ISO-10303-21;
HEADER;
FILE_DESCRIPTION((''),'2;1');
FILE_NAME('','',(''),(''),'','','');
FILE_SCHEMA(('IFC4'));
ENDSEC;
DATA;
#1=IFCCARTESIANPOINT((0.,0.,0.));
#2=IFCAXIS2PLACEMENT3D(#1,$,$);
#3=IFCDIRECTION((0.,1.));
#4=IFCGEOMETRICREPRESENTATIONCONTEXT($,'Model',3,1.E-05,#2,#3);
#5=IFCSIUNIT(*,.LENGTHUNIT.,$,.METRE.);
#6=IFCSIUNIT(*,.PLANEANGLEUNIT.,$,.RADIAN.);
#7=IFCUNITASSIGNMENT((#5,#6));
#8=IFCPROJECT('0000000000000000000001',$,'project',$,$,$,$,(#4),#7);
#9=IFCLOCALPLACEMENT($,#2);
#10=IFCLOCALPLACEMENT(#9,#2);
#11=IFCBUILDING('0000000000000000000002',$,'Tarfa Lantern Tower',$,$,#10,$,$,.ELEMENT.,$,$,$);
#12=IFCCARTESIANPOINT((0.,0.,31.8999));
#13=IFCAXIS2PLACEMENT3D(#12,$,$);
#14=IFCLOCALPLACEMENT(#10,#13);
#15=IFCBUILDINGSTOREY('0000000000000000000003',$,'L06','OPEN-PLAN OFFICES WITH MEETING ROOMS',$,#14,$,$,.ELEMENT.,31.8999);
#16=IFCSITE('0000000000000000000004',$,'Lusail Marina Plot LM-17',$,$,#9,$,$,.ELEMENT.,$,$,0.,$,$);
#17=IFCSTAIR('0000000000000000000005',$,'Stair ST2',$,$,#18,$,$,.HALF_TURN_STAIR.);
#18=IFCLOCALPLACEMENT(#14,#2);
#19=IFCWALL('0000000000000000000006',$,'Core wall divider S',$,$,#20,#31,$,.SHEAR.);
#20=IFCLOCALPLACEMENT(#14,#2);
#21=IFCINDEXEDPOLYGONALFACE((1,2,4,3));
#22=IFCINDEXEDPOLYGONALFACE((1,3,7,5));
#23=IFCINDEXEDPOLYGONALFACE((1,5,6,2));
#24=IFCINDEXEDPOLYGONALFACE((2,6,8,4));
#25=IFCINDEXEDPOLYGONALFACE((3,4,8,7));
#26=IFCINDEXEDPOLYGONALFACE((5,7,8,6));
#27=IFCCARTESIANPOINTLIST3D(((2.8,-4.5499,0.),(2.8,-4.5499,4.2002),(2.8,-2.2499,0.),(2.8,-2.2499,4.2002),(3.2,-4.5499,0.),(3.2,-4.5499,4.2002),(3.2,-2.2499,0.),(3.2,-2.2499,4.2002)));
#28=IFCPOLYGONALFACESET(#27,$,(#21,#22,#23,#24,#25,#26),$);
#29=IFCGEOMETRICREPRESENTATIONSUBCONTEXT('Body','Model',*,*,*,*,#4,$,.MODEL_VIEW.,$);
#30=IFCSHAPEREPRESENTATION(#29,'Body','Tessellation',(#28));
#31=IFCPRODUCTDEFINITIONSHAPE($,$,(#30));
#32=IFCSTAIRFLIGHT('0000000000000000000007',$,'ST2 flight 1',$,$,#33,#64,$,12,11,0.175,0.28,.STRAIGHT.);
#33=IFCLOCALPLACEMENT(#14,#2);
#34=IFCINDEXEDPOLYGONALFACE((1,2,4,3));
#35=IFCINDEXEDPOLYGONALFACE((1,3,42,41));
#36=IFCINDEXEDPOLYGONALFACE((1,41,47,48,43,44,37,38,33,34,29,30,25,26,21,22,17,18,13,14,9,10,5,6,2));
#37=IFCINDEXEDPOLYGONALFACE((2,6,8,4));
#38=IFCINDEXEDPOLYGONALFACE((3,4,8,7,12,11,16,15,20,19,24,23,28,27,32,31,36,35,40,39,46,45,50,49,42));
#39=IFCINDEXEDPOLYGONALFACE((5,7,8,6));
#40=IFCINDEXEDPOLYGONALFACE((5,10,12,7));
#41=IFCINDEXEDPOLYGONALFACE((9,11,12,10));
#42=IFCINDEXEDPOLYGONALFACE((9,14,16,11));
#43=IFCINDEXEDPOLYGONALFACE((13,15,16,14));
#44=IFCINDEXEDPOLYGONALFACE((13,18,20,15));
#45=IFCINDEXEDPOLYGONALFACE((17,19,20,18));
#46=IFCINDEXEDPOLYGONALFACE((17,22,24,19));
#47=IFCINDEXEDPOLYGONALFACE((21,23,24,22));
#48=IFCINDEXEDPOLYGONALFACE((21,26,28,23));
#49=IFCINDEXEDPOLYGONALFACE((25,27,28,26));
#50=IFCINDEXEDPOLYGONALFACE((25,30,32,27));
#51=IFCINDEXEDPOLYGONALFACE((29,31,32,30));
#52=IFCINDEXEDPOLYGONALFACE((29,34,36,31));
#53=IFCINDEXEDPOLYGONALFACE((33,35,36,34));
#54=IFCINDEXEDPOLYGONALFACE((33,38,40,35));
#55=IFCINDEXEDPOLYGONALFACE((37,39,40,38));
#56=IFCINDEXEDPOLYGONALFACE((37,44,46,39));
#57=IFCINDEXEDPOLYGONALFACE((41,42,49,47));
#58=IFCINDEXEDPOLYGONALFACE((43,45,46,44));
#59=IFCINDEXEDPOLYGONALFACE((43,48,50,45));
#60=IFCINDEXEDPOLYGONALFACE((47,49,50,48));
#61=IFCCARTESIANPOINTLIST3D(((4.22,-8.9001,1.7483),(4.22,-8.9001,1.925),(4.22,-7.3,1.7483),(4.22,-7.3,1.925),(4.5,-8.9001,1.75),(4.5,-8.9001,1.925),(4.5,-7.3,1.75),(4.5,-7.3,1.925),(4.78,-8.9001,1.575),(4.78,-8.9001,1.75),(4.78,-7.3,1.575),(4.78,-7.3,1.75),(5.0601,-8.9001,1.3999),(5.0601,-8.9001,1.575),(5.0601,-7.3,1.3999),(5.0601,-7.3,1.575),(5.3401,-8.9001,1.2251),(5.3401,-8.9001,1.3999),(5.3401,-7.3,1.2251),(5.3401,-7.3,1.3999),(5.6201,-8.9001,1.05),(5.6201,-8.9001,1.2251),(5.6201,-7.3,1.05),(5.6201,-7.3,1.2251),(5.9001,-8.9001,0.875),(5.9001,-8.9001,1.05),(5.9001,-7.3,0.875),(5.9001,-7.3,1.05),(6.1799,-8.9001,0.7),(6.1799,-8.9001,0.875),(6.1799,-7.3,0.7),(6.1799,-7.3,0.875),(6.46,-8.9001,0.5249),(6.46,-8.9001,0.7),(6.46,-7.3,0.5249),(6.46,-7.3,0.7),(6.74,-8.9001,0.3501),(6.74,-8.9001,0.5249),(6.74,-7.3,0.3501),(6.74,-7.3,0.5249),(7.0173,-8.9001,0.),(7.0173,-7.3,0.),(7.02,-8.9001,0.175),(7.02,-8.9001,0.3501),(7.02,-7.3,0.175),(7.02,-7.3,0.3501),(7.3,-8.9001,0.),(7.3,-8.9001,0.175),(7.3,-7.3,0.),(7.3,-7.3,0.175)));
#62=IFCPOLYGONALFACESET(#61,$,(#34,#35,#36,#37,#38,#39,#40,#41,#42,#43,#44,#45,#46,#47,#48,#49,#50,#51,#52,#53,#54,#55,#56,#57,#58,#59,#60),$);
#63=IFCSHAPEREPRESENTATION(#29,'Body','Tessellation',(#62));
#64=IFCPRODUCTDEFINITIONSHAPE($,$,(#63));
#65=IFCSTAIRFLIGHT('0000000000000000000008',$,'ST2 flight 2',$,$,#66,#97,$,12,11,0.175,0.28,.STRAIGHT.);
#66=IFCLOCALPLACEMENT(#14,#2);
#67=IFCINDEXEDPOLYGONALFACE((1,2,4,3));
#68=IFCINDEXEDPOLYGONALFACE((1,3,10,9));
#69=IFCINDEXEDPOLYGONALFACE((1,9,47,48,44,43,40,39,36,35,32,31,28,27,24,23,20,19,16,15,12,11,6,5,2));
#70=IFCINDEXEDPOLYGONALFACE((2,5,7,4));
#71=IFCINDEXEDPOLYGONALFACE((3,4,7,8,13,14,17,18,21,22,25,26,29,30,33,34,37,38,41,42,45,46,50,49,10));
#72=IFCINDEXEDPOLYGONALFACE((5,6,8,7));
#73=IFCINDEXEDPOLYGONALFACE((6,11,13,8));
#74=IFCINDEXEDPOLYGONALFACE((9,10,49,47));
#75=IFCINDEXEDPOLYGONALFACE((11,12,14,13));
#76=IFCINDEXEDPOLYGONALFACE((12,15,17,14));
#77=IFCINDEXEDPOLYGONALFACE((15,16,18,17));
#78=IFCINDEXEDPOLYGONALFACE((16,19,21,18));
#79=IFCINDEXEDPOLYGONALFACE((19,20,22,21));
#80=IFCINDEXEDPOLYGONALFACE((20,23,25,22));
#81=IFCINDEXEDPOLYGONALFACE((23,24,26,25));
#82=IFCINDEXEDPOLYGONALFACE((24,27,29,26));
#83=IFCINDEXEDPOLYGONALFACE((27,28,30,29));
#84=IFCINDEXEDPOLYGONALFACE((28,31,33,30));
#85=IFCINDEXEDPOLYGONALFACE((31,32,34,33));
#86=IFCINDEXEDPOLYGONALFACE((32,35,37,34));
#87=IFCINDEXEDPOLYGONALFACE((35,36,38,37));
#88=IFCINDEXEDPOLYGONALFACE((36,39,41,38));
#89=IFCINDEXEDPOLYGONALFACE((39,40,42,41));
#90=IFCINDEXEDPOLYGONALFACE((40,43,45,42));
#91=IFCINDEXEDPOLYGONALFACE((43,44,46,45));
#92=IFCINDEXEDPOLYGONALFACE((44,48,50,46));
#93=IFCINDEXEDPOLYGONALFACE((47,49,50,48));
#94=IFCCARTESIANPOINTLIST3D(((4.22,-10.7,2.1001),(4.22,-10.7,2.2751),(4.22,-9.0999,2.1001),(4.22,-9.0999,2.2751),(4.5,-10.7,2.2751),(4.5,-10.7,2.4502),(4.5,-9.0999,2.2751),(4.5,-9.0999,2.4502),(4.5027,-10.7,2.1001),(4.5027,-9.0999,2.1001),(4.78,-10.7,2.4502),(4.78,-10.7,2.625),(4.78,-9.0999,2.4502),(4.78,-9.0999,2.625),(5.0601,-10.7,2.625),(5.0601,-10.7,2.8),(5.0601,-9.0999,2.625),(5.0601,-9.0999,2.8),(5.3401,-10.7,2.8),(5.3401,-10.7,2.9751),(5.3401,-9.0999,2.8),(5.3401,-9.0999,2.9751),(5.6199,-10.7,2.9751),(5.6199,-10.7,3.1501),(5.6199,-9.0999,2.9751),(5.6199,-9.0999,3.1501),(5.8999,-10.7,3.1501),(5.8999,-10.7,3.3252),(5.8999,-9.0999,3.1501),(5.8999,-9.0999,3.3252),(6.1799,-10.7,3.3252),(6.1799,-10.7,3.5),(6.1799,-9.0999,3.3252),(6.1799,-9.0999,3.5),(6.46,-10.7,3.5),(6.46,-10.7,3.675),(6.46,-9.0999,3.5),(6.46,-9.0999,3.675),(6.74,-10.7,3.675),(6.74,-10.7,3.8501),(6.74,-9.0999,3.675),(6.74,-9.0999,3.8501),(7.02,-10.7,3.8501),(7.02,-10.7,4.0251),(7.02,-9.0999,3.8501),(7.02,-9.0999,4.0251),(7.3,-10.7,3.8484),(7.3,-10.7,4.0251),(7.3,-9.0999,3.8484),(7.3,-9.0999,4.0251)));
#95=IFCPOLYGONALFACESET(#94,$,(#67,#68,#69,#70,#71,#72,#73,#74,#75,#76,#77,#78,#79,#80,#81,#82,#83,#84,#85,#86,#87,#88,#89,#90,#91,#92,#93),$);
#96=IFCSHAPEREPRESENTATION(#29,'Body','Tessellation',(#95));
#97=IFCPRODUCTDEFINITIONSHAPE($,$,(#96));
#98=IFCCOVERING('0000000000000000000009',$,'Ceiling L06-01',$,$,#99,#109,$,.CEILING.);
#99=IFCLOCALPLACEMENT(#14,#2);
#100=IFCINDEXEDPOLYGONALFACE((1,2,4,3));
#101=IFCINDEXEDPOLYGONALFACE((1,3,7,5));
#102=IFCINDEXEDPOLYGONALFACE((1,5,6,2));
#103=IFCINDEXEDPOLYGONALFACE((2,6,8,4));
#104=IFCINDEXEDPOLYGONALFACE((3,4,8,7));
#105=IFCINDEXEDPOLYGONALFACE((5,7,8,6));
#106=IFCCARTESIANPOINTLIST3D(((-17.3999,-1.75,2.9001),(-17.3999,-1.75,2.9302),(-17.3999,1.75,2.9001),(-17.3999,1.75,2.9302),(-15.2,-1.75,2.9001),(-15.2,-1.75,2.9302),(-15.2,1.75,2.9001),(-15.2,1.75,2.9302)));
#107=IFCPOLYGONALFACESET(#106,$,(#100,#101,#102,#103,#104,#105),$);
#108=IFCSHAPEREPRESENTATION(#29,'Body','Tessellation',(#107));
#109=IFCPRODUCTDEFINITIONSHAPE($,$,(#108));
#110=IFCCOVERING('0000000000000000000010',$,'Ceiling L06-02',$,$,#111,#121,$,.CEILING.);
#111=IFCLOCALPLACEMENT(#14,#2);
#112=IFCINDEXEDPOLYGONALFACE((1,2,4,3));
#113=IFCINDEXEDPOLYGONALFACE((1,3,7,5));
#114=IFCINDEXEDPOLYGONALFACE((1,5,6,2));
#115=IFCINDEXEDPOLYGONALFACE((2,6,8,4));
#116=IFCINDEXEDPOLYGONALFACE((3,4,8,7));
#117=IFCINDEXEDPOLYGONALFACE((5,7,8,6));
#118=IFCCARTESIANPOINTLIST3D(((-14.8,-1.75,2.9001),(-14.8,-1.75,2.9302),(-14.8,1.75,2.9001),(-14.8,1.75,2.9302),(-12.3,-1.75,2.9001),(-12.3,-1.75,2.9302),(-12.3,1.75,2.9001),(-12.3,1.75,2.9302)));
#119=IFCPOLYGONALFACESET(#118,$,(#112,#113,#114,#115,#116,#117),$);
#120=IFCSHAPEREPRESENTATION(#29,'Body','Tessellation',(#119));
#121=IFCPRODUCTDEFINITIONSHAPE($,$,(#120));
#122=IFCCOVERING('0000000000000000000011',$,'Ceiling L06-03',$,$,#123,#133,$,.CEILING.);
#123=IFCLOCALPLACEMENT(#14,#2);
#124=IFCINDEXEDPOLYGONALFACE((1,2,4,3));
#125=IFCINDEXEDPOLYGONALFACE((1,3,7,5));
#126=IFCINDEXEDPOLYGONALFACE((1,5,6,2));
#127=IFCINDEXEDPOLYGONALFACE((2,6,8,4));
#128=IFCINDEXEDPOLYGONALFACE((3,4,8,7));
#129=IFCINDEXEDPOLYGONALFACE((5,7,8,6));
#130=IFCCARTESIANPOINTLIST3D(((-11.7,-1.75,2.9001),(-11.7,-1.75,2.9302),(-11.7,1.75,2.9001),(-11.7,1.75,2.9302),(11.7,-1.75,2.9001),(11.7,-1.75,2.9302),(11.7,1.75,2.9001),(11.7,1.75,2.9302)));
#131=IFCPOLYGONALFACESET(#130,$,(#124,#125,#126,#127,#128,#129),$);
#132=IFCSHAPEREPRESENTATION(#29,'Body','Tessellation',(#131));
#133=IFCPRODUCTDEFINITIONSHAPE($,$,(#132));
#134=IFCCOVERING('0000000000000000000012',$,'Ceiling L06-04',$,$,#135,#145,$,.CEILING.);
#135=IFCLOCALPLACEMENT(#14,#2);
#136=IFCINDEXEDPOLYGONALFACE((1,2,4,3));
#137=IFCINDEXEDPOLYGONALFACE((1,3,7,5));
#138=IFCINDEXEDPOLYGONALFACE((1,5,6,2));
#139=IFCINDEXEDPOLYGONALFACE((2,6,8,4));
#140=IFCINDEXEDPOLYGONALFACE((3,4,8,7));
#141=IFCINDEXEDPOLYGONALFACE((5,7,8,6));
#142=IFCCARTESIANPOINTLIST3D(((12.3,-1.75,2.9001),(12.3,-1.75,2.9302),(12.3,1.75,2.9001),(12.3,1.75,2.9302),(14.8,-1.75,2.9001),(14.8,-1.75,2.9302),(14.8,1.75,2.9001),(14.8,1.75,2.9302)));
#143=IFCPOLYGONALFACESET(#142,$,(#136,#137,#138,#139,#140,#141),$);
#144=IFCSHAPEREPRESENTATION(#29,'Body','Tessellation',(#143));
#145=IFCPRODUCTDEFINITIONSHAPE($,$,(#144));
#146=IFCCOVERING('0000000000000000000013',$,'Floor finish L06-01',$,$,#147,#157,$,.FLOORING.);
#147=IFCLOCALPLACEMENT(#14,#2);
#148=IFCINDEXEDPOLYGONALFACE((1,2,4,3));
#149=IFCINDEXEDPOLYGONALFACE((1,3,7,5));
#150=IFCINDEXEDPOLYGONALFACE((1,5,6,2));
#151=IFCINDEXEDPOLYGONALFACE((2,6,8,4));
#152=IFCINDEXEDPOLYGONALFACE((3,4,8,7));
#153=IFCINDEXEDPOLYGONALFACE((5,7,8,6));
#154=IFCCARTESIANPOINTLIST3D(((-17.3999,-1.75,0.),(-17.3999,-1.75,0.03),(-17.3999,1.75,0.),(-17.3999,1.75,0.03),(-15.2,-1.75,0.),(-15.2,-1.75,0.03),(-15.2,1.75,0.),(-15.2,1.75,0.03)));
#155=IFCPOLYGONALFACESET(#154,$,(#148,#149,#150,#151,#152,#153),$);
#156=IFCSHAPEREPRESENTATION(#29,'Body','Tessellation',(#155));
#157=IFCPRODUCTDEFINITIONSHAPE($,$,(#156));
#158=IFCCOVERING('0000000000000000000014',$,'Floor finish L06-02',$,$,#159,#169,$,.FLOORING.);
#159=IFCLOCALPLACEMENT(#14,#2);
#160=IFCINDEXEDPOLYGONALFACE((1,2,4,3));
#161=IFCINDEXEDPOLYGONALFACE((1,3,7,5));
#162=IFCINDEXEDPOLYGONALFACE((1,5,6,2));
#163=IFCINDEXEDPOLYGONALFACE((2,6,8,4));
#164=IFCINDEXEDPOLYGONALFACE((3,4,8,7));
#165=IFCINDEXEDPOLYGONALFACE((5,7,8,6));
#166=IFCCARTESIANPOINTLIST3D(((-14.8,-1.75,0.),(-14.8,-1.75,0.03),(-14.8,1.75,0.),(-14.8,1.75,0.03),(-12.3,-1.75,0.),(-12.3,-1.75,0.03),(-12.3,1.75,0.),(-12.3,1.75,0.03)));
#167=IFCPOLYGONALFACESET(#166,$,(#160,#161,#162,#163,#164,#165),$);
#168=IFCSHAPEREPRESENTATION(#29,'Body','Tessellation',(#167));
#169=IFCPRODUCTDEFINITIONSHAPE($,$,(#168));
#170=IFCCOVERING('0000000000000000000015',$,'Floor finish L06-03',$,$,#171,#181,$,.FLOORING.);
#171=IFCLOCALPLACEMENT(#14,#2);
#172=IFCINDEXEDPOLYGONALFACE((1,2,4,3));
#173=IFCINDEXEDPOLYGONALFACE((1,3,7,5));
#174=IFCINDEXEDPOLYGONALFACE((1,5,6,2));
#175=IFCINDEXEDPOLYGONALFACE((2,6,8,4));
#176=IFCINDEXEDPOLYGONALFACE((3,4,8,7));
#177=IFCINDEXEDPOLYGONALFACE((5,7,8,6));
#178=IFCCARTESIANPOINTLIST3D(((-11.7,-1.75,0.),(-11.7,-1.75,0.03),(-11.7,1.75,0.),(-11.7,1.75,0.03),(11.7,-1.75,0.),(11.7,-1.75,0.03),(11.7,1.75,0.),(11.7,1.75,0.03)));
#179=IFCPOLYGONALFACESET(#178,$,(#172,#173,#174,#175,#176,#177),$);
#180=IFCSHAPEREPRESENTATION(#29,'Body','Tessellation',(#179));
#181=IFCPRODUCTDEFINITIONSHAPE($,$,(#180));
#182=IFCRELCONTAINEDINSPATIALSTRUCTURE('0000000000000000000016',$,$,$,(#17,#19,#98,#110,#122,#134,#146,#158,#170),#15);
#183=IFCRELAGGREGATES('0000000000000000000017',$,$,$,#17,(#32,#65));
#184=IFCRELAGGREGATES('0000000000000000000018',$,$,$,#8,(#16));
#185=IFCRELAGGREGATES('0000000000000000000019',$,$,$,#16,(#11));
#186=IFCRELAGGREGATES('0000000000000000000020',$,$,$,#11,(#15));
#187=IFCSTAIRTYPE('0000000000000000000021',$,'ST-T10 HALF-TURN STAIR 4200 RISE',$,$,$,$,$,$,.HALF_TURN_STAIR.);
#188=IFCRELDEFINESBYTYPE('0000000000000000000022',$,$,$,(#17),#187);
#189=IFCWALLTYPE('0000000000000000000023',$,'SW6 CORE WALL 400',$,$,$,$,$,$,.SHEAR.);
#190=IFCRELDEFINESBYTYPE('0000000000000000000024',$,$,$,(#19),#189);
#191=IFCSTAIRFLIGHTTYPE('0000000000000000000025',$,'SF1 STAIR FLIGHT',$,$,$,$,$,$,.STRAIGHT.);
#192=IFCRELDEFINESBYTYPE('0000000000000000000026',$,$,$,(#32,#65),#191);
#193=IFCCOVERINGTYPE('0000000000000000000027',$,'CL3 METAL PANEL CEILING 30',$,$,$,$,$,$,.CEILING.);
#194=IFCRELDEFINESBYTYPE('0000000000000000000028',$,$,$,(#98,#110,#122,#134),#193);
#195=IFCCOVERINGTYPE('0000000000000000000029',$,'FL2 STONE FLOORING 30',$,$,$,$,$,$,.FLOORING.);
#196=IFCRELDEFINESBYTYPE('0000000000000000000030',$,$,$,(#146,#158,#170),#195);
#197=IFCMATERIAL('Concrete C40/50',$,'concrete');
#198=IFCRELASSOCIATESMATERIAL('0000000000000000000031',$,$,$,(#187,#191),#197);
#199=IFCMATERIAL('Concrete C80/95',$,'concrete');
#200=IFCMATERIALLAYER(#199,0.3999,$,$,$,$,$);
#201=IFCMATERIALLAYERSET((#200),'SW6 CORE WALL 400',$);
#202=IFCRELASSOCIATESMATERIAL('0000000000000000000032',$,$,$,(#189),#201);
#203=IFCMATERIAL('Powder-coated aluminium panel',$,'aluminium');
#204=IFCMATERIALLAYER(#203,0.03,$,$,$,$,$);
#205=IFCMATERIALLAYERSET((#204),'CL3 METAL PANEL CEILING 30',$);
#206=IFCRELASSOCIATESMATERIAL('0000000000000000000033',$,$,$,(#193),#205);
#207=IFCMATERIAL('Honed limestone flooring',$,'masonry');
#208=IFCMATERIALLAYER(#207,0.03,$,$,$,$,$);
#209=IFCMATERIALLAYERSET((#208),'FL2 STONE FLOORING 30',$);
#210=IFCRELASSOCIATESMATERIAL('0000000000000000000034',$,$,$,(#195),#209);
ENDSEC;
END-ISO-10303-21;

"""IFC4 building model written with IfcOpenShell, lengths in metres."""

from ifc_helpers import new_model, si_unit, direction, frame, frame_2d, origin, place, context, subcontext, project, spatial, polyline, rectangle, outline, extrude, material, layer, layer_set, type_object, element, aggregate, save


model = new_model("IFC4")

# Units and contexts
model_context = context("Model", 3, precision=1e-05, world=origin(), true_north=direction((0.0, 1.0)))
body_context = subcontext(model_context, "Body", "Model", "MODEL_VIEW")
ifc_project = project(units=[si_unit("LENGTHUNIT", "METRE"), si_unit("PLANEANGLEUNIT", "RADIAN")], contexts=[model_context])

# Site, building, storey
site_placement = place(None, origin())
site = spatial("IfcSite", under=ifc_project, at=site_placement, Name="Lusail Marina Plot LM-17", CompositionType="ELEMENT", RefElevation=0.0)
building_placement = place(site_placement, origin())
building = spatial("IfcBuilding", under=site, at=building_placement, Name="Tarfa Lantern Tower", CompositionType="ELEMENT")
storey_placement = place(building_placement, frame((0.0, 0.0, 31.8999)))
storey = spatial("IfcBuildingStorey", under=building, at=storey_placement, Name="L06", Description="OPEN-PLAN OFFICES WITH MEETING ROOMS", CompositionType="ELEMENT", Elevation=31.8999)

# Stair
ifc_material_1 = material(Name="Concrete C40/50", Category="concrete")
stair_type = type_object("IfcStairType", Name="ST-T10 HALF-TURN STAIR 4200 RISE", PredefinedType="HALF_TURN_STAIR", material=ifc_material_1)
stair_1_placement = place(storey_placement, origin())
stair_1 = element("IfcStair", 1, at=stair_1_placement, inside=storey, type_object=stair_type, Name="Stair ST2", PredefinedType="HALF_TURN_STAIR")

# Shared definitions
ifc_material_2 = material(Name="Concrete C80/95", Category="concrete")

# Wall
ifc_layer_1 = layer(ifc_material_2, 0.3999)
ifc_layer_set_1 = layer_set([ifc_layer_1], Name="SW6 CORE WALL 400")
wall_type_1 = type_object("IfcWallType", Name="SW6 CORE WALL 400", PredefinedType="SHEAR", material=ifc_layer_set_1)
for number, where, z_axis, x_axis, name in (
    (2, (3.0, -2.25, 0.0), (0.0, 0.0, 1.0), (0.0, -1.0, 0.0), "Core wall divider S"),
):
    element("IfcWall", number, at=place(storey_placement, frame(where, z_axis=z_axis, x_axis=x_axis)), inside=storey, type_object=wall_type_1, Name=name, PredefinedType="SHEAR", context=body_context, shape_type="SweptSolid", body=[
        extrude(rectangle(XDim=2.3, YDim=0.3999, at=frame_2d((1.1499, 0.0))), origin(), (0.0, 0.0, 1.0), 4.2002),
    ])

# Stair flights
stair_flight_type = type_object("IfcStairFlightType", Name="SF1 STAIR FLIGHT", PredefinedType="STRAIGHT", material=ifc_material_1)
stair_flight_1_placement = place(storey_placement, frame((7.3, -8.1001, 0.0), z_axis=(0.0, 0.0, 1.0), x_axis=(-1.0, 0.0, 0.0)))
stair_flight_1 = element("IfcStairFlight", 3, at=stair_flight_1_placement, type_object=stair_flight_type, Name="ST2 flight 1", NumberOfRisers=12, NumberOfTreads=11, PredefinedType="STRAIGHT", RiserHeight=0.175, TreadLength=0.28, context=body_context, shape_type="SweptSolid", body=[
    extrude(outline(polyline([(0.0, 0.0), (0.0, 0.175), (0.28, 0.175), (0.28, 0.3501), (0.5601, 0.3501), (0.5601, 0.5249), (0.8401, 0.5249), (0.8401, 0.7), (1.1201, 0.7), (1.1201, 0.875), (1.3999, 0.875), (1.3999, 1.05), (1.6799, 1.05), (1.6799, 1.2251), (1.96, 1.2251), (1.96, 1.3999), (2.24, 1.3999), (2.24, 1.575), (2.52, 1.575), (2.52, 1.75), (2.8, 1.75), (2.8, 1.925), (3.0801, 1.925), (3.0801, 2.1001), (3.0801, 1.7483), (0.2827, 0.0), (0.0, 0.0)])), frame((0.0, 0.8, 0.0), z_axis=(0.0, -1.0, 0.0), x_axis=(1.0, 0.0, 0.0)), (0.0, 0.0, 1.0), 1.6001),
])
stair_flight_2_placement = place(storey_placement, frame((4.22, -9.8999, 2.1001), z_axis=(0.0, 0.0, 1.0), x_axis=(1.0, 0.0, 0.0)))
stair_flight_2 = element("IfcStairFlight", 4, at=stair_flight_2_placement, type_object=stair_flight_type, Name="ST2 flight 2", NumberOfRisers=12, NumberOfTreads=11, PredefinedType="STRAIGHT", RiserHeight=0.175, TreadLength=0.28, context=body_context, shape_type="SweptSolid", body=[
    extrude(outline(polyline([(0.0, 0.0), (0.0, 0.175), (0.28, 0.175), (0.28, 0.3501), (0.5601, 0.3501), (0.5601, 0.5249), (0.8401, 0.5249), (0.8401, 0.7), (1.1201, 0.7), (1.1201, 0.875), (1.3999, 0.875), (1.3999, 1.05), (1.6799, 1.05), (1.6799, 1.2251), (1.96, 1.2251), (1.96, 1.3999), (2.24, 1.3999), (2.24, 1.575), (2.52, 1.575), (2.52, 1.75), (2.8, 1.75), (2.8, 1.925), (3.0801, 1.925), (3.0801, 2.1001), (3.0801, 1.7483), (0.2827, 0.0), (0.0, 0.0)])), frame((0.0, 0.8, 0.0), z_axis=(0.0, -1.0, 0.0), x_axis=(1.0, 0.0, 0.0)), (0.0, 0.0, 1.0), 1.6001),
])
aggregate(stair_1, [stair_flight_1, stair_flight_2])

# Coverings
ifc_material_3 = material(Name="Powder-coated aluminium panel", Category="aluminium")
ifc_layer_2 = layer(ifc_material_3, 0.03)
ifc_layer_set_2 = layer_set([ifc_layer_2], Name="CL3 METAL PANEL CEILING 30")
covering_type_1 = type_object("IfcCoveringType", Name="CL3 METAL PANEL CEILING 30", PredefinedType="CEILING", material=ifc_layer_set_2)
covering_1_placement = place(storey_placement, frame((0.0, 0.0, 2.9001)))
element("IfcCovering", 5, at=covering_1_placement, inside=storey, type_object=covering_type_1, Name="Ceiling L06-01", PredefinedType="CEILING", context=body_context, shape_type="SweptSolid", body=[
    extrude(outline(polyline([(-17.3999, -1.75), (-15.2, -1.75), (-15.2, 1.75), (-17.3999, 1.75), (-17.3999, -1.75)])), origin(), (0.0, 0.0, 1.0), 0.03),
])
covering_2_placement = place(storey_placement, frame((0.0, 0.0, 2.9001)))
element("IfcCovering", 6, at=covering_2_placement, inside=storey, type_object=covering_type_1, Name="Ceiling L06-02", PredefinedType="CEILING", context=body_context, shape_type="SweptSolid", body=[
    extrude(outline(polyline([(-14.8, -1.75), (-12.3, -1.75), (-12.3, 1.75), (-14.8, 1.75), (-14.8, -1.75)])), origin(), (0.0, 0.0, 1.0), 0.03),
])
covering_3_placement = place(storey_placement, frame((0.0, 0.0, 2.9001)))
element("IfcCovering", 7, at=covering_3_placement, inside=storey, type_object=covering_type_1, Name="Ceiling L06-03", PredefinedType="CEILING", context=body_context, shape_type="SweptSolid", body=[
    extrude(outline(polyline([(-11.7, -1.75), (11.7, -1.75), (11.7, 1.75), (-11.7, 1.75), (-11.7, -1.75)])), origin(), (0.0, 0.0, 1.0), 0.03),
])
covering_4_placement = place(storey_placement, frame((0.0, 0.0, 2.9001)))
element("IfcCovering", 8, at=covering_4_placement, inside=storey, type_object=covering_type_1, Name="Ceiling L06-04", PredefinedType="CEILING", context=body_context, shape_type="SweptSolid", body=[
    extrude(outline(polyline([(12.3, -1.75), (14.8, -1.75), (14.8, 1.75), (12.3, 1.75), (12.3, -1.75)])), origin(), (0.0, 0.0, 1.0), 0.03),
])
ifc_material_4 = material(Name="Honed limestone flooring", Category="masonry")
ifc_layer_3 = layer(ifc_material_4, 0.03)
ifc_layer_set_3 = layer_set([ifc_layer_3], Name="FL2 STONE FLOORING 30")
covering_type_2 = type_object("IfcCoveringType", Name="FL2 STONE FLOORING 30", PredefinedType="FLOORING", material=ifc_layer_set_3)
covering_5_placement = place(storey_placement, origin())
element("IfcCovering", 9, at=covering_5_placement, inside=storey, type_object=covering_type_2, Name="Floor finish L06-01", PredefinedType="FLOORING", context=body_context, shape_type="SweptSolid", body=[
    extrude(outline(polyline([(-17.3999, -1.75), (-15.2, -1.75), (-15.2, 1.75), (-17.3999, 1.75), (-17.3999, -1.75)])), origin(), (0.0, 0.0, 1.0), 0.03),
])
covering_6_placement = place(storey_placement, origin())
element("IfcCovering", 10, at=covering_6_placement, inside=storey, type_object=covering_type_2, Name="Floor finish L06-02", PredefinedType="FLOORING", context=body_context, shape_type="SweptSolid", body=[
    extrude(outline(polyline([(-14.8, -1.75), (-12.3, -1.75), (-12.3, 1.75), (-14.8, 1.75), (-14.8, -1.75)])), origin(), (0.0, 0.0, 1.0), 0.03),
])
covering_7_placement = place(storey_placement, origin())
element("IfcCovering", 11, at=covering_7_placement, inside=storey, type_object=covering_type_2, Name="Floor finish L06-03", PredefinedType="FLOORING", context=body_context, shape_type="SweptSolid", body=[
    extrude(outline(polyline([(-11.7, -1.75), (11.7, -1.75), (11.7, 1.75), (-11.7, 1.75), (-11.7, -1.75)])), origin(), (0.0, 0.0, 1.0), 0.03),
])

save(model, "model.ifc")
